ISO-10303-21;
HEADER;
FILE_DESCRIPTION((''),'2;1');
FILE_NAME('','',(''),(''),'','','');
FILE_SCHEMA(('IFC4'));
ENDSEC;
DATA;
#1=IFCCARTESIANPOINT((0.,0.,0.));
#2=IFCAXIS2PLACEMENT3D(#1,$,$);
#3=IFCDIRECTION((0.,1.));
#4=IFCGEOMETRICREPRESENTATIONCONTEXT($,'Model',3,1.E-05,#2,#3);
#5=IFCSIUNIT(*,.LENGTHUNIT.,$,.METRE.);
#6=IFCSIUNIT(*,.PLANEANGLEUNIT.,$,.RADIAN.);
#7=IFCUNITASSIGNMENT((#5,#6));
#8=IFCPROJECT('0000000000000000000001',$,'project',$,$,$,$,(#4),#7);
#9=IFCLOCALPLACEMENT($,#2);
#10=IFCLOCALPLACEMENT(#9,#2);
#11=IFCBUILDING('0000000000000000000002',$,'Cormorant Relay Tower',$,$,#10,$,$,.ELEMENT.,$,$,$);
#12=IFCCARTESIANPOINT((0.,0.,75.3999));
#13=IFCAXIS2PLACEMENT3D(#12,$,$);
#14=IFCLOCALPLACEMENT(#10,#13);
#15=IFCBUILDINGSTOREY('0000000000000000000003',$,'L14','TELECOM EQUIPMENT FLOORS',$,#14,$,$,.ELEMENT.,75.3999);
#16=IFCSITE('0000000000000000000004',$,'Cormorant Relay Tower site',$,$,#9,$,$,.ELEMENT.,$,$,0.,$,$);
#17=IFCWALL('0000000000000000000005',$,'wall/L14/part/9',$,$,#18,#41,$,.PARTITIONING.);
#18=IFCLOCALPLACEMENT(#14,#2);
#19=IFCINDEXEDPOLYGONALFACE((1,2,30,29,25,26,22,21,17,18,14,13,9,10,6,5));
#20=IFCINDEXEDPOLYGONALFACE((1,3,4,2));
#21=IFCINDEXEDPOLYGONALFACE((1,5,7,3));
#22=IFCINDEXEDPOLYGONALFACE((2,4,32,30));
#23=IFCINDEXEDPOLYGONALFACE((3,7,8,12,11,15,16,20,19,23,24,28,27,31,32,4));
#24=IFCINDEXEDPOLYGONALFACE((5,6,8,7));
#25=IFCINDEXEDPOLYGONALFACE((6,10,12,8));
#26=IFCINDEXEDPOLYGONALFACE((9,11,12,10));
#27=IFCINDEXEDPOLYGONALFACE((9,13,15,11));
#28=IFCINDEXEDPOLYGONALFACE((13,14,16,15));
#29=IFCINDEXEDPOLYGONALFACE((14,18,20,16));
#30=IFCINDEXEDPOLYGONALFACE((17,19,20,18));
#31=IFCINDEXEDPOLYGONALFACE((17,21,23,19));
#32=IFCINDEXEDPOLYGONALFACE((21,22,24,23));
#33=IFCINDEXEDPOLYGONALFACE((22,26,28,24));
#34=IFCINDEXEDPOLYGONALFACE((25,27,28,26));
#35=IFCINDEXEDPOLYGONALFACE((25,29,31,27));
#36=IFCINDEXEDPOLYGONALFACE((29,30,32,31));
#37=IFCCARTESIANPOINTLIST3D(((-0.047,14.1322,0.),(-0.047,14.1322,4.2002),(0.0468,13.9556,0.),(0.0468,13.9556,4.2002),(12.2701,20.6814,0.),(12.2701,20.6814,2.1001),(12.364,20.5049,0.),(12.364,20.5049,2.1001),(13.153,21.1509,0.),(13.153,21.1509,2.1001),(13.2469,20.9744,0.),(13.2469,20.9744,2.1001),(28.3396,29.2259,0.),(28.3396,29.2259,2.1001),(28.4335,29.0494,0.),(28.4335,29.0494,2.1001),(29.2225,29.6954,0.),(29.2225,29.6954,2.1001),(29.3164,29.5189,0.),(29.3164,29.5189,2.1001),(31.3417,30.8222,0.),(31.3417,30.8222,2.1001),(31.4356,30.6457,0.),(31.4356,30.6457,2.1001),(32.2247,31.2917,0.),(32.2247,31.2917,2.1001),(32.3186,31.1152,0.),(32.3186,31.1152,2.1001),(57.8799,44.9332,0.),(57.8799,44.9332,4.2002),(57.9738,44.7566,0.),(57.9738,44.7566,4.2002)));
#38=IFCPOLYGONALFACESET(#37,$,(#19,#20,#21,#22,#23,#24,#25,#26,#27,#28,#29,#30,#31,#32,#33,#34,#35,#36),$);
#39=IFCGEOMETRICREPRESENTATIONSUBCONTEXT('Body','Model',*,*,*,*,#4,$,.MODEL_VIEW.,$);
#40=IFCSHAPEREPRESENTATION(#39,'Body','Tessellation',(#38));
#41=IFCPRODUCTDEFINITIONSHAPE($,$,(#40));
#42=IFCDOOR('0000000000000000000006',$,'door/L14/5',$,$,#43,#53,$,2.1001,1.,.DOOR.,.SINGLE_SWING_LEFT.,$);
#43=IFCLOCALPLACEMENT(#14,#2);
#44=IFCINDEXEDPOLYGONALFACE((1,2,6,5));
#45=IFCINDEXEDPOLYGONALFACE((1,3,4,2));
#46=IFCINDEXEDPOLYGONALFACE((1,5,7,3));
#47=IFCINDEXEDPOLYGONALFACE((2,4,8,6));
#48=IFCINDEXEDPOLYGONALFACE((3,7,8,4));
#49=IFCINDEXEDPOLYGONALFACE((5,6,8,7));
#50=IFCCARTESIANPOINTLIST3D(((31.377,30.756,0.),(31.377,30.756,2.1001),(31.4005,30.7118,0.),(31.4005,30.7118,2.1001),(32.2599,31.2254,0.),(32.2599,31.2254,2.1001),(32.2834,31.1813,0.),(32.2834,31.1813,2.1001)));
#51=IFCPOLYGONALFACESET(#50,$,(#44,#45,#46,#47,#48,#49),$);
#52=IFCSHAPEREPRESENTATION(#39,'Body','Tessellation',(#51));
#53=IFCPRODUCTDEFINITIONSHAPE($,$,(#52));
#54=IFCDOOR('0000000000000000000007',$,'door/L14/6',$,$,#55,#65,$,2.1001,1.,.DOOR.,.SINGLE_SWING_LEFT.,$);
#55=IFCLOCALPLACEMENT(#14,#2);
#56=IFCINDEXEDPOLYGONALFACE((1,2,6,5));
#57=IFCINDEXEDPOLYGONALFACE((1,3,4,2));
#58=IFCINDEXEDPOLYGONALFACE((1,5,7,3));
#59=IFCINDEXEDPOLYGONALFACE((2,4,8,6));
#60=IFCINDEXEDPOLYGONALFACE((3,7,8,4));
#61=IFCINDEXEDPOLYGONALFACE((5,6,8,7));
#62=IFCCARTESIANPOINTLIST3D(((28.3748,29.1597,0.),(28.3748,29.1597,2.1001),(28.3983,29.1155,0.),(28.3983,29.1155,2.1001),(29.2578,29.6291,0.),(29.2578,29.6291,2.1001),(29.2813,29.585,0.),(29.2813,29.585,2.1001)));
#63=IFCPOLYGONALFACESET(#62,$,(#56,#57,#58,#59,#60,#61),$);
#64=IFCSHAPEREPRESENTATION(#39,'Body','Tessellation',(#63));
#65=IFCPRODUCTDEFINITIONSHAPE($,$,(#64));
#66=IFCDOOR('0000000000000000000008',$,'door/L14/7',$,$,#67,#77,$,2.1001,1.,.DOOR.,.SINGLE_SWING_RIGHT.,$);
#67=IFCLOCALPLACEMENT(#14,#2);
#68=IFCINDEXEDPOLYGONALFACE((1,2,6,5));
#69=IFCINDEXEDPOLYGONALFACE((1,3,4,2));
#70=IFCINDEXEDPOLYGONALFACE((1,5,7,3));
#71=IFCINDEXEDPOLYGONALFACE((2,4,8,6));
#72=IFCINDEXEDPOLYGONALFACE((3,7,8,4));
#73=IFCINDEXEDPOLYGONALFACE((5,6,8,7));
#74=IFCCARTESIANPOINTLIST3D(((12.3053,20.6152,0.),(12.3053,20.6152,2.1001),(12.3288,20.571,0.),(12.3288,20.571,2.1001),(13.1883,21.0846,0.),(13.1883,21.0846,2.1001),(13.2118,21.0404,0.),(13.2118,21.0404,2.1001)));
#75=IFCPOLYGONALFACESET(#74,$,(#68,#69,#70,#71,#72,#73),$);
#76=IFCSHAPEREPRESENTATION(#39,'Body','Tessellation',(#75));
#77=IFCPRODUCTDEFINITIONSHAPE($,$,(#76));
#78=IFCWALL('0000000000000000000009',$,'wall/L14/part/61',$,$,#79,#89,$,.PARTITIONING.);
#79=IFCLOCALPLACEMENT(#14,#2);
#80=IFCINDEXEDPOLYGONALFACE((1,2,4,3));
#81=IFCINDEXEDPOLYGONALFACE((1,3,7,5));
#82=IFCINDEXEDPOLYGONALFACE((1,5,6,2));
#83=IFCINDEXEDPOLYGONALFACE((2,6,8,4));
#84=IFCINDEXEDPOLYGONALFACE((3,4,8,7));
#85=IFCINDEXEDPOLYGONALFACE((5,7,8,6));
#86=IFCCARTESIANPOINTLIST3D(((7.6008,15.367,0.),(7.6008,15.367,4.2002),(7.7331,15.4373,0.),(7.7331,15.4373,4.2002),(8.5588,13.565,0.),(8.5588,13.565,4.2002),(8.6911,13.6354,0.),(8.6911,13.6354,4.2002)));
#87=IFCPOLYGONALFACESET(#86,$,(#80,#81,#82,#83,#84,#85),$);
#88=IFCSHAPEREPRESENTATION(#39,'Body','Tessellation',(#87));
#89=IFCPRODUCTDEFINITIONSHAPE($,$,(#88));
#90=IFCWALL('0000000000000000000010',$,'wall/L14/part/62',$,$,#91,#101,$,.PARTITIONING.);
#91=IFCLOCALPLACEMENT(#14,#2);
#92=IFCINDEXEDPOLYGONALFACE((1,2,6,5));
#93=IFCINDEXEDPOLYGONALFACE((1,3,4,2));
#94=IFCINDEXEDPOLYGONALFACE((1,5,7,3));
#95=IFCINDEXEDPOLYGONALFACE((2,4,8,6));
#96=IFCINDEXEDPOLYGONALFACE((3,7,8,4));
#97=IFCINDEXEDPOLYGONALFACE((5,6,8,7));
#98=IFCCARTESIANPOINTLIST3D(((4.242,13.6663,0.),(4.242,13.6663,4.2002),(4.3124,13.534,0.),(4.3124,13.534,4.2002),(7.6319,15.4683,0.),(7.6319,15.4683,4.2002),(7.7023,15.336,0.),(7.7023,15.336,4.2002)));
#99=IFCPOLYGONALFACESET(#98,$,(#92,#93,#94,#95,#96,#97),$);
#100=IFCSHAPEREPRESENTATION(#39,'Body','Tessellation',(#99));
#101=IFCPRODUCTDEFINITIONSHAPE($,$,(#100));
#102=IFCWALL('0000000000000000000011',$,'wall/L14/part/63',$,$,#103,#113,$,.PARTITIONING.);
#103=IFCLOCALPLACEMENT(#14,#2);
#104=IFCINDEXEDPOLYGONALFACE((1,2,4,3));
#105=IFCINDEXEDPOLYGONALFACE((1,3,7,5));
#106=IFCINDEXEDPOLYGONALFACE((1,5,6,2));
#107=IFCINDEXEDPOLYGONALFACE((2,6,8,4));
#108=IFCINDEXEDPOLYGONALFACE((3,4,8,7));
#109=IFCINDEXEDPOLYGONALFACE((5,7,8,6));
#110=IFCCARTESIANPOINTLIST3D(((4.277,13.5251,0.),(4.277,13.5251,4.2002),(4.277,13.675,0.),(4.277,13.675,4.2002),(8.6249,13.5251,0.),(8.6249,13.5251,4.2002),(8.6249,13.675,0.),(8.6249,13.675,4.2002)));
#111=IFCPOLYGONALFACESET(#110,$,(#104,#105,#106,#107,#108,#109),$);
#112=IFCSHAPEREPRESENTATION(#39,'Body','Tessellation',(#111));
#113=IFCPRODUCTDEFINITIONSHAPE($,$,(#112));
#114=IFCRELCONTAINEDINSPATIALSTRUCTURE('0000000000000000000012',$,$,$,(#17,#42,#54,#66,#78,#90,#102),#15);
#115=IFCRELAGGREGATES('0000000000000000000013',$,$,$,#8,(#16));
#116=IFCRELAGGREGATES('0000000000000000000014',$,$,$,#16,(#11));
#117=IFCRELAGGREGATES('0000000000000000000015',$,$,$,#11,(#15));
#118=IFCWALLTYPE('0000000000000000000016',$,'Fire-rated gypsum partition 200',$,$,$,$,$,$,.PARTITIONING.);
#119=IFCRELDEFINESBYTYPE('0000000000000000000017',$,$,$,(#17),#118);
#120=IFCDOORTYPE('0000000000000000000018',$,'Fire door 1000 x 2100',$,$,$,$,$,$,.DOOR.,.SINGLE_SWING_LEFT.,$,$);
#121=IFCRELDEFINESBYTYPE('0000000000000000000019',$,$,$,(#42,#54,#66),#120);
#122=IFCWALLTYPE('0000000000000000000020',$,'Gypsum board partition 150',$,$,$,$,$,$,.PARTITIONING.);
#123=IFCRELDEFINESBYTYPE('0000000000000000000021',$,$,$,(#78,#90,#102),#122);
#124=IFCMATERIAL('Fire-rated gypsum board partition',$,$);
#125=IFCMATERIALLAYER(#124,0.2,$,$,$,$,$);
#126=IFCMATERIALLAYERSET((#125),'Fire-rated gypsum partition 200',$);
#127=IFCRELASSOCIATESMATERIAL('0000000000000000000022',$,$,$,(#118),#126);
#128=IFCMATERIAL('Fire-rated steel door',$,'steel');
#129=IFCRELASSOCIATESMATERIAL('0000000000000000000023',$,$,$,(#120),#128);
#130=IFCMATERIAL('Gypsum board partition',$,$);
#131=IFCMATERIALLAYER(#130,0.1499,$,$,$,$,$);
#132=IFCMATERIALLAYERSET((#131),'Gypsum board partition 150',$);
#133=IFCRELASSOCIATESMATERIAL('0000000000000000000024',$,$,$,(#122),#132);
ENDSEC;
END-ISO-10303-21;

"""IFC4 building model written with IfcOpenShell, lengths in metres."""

from ifc_helpers import new_model, si_unit, direction, frame, frame_2d, origin, place, context, subcontext, project, spatial, rectangle, extrude, material, layer, layer_set, type_object, element, fill, save


model = new_model("IFC4")

# Units and contexts
model_context = context("Model", 3, precision=1e-05, world=origin(), true_north=direction((0.0, 1.0)))
body_context = subcontext(model_context, "Body", "Model", "MODEL_VIEW")
ifc_project = project(units=[si_unit("LENGTHUNIT", "METRE"), si_unit("PLANEANGLEUNIT", "RADIAN")], contexts=[model_context])

# Site, building, storey
site_placement = place(None, origin())
site = spatial("IfcSite", under=ifc_project, at=site_placement, Name="Cormorant Relay Tower site", CompositionType="ELEMENT", RefElevation=0.0)
building_placement = place(site_placement, origin())
building = spatial("IfcBuilding", under=site, at=building_placement, Name="Cormorant Relay Tower", CompositionType="ELEMENT")
storey_placement = place(building_placement, frame((0.0, 0.0, 75.3999)))
storey = spatial("IfcBuildingStorey", under=building, at=storey_placement, Name="L14", Description="TELECOM EQUIPMENT FLOORS", CompositionType="ELEMENT", Elevation=75.3999)

# Wall, openings, doors
ifc_material_1 = material(Name="Fire-rated gypsum board partition")
ifc_layer_1 = layer(ifc_material_1, 0.2)
ifc_layer_set_1 = layer_set([ifc_layer_1], Name="Fire-rated gypsum partition 200")
wall_type_1 = type_object("IfcWallType", Name="Fire-rated gypsum partition 200", PredefinedType="PARTITIONING", material=ifc_layer_set_1)
wall_1_placement = place(storey_placement, frame((0.0, 14.0439, 0.0), z_axis=(0.0, 0.0, 1.0), x_axis=(0.882943, 0.46948, 0.0)))
wall_1 = element("IfcWall", 1, at=wall_1_placement, inside=storey, type_object=wall_type_1, Name="wall/L14/part/9", PredefinedType="PARTITIONING", context=body_context, shape_type="SweptSolid", body=[
    extrude(rectangle(XDim=65.6067, YDim=0.2, at=frame_2d((32.8032, 0.0))), origin(), (0.0, 0.0, 1.0), 4.2002),
])
opening_1_placement = place(wall_1_placement, frame((35.55, 0.0, 0.0)))
opening_1 = element("IfcOpeningElement", 2, at=opening_1_placement, cuts=wall_1, PredefinedType="OPENING", context=body_context, shape_type="SweptSolid", body=[
    extrude(rectangle(XDim=1.0, YDim=2.1001, at=frame_2d((0.5, 1.05))), frame((0.0, 0.1099, 0.0), z_axis=(0.0, -1.0, 0.0), x_axis=(1.0, 0.0, 0.0)), (0.0, 0.0, 1.0), 0.22),
])
opening_2_placement = place(wall_1_placement, frame((32.1499, 0.0, 0.0)))
opening_2 = element("IfcOpeningElement", 3, at=opening_2_placement, cuts=wall_1, PredefinedType="OPENING", context=body_context, shape_type="SweptSolid", body=[
    extrude(rectangle(XDim=1.0, YDim=2.1001, at=frame_2d((0.5, 1.05))), frame((0.0, 0.1099, 0.0), z_axis=(0.0, -1.0, 0.0), x_axis=(1.0, 0.0, 0.0)), (0.0, 0.0, 1.0), 0.22),
])
opening_3_placement = place(wall_1_placement, frame((13.95, 0.0, 0.0)))
opening_3 = element("IfcOpeningElement", 4, at=opening_3_placement, cuts=wall_1, PredefinedType="OPENING", context=body_context, shape_type="SweptSolid", body=[
    extrude(rectangle(XDim=1.0, YDim=2.1001, at=frame_2d((0.5, 1.05))), frame((0.0, 0.1099, 0.0), z_axis=(0.0, -1.0, 0.0), x_axis=(1.0, 0.0, 0.0)), (0.0, 0.0, 1.0), 0.22),
])
ifc_material_2 = material(Name="Fire-rated steel door", Category="steel")
door_type_1 = type_object("IfcDoorType", Name="Fire door 1000 x 2100", OperationType="SINGLE_SWING_LEFT", PredefinedType="DOOR", material=ifc_material_2)
door_1_placement = place(opening_1_placement, origin())
door_1 = element("IfcDoor", 5, at=door_1_placement, inside=storey, type_object=door_type_1, Name="door/L14/5", OperationType="SINGLE_SWING_LEFT", OverallHeight=2.1001, OverallWidth=1.0, PredefinedType="DOOR", context=body_context, shape_type="SweptSolid", body=[
    extrude(rectangle(XDim=1.0, YDim=2.1001, at=frame_2d((0.5, 1.05))), frame((0.0, 0.0249, 0.0), z_axis=(0.0, -1.0, 0.0), x_axis=(1.0, 0.0, 0.0)), (0.0, 0.0, 1.0), 0.05),
])
fill(opening_1, door_1)
door_2_placement = place(opening_2_placement, origin())
door_2 = element("IfcDoor", 6, at=door_2_placement, inside=storey, type_object=door_type_1, Name="door/L14/6", OperationType="SINGLE_SWING_LEFT", OverallHeight=2.1001, OverallWidth=1.0, PredefinedType="DOOR", context=body_context, shape_type="SweptSolid", body=[
    extrude(rectangle(XDim=1.0, YDim=2.1001, at=frame_2d((0.5, 1.05))), frame((0.0, 0.0249, 0.0), z_axis=(0.0, -1.0, 0.0), x_axis=(1.0, 0.0, 0.0)), (0.0, 0.0, 1.0), 0.05),
])
fill(opening_2, door_2)
door_3_placement = place(opening_3_placement, origin())
door_3 = element("IfcDoor", 7, at=door_3_placement, inside=storey, type_object=door_type_1, Name="door/L14/7", OperationType="SINGLE_SWING_RIGHT", OverallHeight=2.1001, OverallWidth=1.0, PredefinedType="DOOR", context=body_context, shape_type="SweptSolid", body=[
    extrude(rectangle(XDim=1.0, YDim=2.1001, at=frame_2d((0.5, 1.05))), frame((0.0, 0.0249, 0.0), z_axis=(0.0, -1.0, 0.0), x_axis=(1.0, 0.0, 0.0)), (0.0, 0.0, 1.0), 0.05),
])
fill(opening_3, door_3)

# Walls
ifc_material_3 = material(Name="Gypsum board partition")
ifc_layer_2 = layer(ifc_material_3, 0.1499)
ifc_layer_set_2 = layer_set([ifc_layer_2], Name="Gypsum board partition 150")
wall_type_2 = type_object("IfcWallType", Name="Gypsum board partition 150", PredefinedType="PARTITIONING", material=ifc_layer_set_2)
wall_2_placement = place(storey_placement, frame((8.625, 13.6001, 0.0), z_axis=(0.0, 0.0, 1.0), x_axis=(-0.469421, 0.882975, 0.0)))
element("IfcWall", 8, at=wall_2_placement, inside=storey, type_object=wall_type_2, Name="wall/L14/part/61", PredefinedType="PARTITIONING", context=body_context, shape_type="SweptSolid", body=[
    extrude(rectangle(XDim=2.0408, YDim=0.1499, at=frame_2d((1.0205, 0.0))), origin(), (0.0, 0.0, 1.0), 4.2002),
])
wall_3_placement = place(storey_placement, frame((7.667, 15.4021, 0.0), z_axis=(0.0, 0.0, 1.0), x_axis=(-0.882995, -0.469383, 0.0)))
element("IfcWall", 9, at=wall_3_placement, inside=storey, type_object=wall_type_2, Name="wall/L14/part/62", PredefinedType="PARTITIONING", context=body_context, shape_type="SweptSolid", body=[
    extrude(rectangle(XDim=3.8391, YDim=0.1499, at=frame_2d((1.9194, 0.0))), origin(), (0.0, 0.0, 1.0), 4.2002),
])
wall_4_placement = place(storey_placement, frame((4.2771, 13.6001, 0.0), z_axis=(0.0, 0.0, 1.0), x_axis=(1.0, 0.0, 0.0)))
element("IfcWall", 10, at=wall_4_placement, inside=storey, type_object=wall_type_2, Name="wall/L14/part/63", PredefinedType="PARTITIONING", context=body_context, shape_type="SweptSolid", body=[
    extrude(rectangle(XDim=4.3479, YDim=0.1499, at=frame_2d((2.1738, 0.0))), origin(), (0.0, 0.0, 1.0), 4.2002),
])

save(model, "model.ifc")
